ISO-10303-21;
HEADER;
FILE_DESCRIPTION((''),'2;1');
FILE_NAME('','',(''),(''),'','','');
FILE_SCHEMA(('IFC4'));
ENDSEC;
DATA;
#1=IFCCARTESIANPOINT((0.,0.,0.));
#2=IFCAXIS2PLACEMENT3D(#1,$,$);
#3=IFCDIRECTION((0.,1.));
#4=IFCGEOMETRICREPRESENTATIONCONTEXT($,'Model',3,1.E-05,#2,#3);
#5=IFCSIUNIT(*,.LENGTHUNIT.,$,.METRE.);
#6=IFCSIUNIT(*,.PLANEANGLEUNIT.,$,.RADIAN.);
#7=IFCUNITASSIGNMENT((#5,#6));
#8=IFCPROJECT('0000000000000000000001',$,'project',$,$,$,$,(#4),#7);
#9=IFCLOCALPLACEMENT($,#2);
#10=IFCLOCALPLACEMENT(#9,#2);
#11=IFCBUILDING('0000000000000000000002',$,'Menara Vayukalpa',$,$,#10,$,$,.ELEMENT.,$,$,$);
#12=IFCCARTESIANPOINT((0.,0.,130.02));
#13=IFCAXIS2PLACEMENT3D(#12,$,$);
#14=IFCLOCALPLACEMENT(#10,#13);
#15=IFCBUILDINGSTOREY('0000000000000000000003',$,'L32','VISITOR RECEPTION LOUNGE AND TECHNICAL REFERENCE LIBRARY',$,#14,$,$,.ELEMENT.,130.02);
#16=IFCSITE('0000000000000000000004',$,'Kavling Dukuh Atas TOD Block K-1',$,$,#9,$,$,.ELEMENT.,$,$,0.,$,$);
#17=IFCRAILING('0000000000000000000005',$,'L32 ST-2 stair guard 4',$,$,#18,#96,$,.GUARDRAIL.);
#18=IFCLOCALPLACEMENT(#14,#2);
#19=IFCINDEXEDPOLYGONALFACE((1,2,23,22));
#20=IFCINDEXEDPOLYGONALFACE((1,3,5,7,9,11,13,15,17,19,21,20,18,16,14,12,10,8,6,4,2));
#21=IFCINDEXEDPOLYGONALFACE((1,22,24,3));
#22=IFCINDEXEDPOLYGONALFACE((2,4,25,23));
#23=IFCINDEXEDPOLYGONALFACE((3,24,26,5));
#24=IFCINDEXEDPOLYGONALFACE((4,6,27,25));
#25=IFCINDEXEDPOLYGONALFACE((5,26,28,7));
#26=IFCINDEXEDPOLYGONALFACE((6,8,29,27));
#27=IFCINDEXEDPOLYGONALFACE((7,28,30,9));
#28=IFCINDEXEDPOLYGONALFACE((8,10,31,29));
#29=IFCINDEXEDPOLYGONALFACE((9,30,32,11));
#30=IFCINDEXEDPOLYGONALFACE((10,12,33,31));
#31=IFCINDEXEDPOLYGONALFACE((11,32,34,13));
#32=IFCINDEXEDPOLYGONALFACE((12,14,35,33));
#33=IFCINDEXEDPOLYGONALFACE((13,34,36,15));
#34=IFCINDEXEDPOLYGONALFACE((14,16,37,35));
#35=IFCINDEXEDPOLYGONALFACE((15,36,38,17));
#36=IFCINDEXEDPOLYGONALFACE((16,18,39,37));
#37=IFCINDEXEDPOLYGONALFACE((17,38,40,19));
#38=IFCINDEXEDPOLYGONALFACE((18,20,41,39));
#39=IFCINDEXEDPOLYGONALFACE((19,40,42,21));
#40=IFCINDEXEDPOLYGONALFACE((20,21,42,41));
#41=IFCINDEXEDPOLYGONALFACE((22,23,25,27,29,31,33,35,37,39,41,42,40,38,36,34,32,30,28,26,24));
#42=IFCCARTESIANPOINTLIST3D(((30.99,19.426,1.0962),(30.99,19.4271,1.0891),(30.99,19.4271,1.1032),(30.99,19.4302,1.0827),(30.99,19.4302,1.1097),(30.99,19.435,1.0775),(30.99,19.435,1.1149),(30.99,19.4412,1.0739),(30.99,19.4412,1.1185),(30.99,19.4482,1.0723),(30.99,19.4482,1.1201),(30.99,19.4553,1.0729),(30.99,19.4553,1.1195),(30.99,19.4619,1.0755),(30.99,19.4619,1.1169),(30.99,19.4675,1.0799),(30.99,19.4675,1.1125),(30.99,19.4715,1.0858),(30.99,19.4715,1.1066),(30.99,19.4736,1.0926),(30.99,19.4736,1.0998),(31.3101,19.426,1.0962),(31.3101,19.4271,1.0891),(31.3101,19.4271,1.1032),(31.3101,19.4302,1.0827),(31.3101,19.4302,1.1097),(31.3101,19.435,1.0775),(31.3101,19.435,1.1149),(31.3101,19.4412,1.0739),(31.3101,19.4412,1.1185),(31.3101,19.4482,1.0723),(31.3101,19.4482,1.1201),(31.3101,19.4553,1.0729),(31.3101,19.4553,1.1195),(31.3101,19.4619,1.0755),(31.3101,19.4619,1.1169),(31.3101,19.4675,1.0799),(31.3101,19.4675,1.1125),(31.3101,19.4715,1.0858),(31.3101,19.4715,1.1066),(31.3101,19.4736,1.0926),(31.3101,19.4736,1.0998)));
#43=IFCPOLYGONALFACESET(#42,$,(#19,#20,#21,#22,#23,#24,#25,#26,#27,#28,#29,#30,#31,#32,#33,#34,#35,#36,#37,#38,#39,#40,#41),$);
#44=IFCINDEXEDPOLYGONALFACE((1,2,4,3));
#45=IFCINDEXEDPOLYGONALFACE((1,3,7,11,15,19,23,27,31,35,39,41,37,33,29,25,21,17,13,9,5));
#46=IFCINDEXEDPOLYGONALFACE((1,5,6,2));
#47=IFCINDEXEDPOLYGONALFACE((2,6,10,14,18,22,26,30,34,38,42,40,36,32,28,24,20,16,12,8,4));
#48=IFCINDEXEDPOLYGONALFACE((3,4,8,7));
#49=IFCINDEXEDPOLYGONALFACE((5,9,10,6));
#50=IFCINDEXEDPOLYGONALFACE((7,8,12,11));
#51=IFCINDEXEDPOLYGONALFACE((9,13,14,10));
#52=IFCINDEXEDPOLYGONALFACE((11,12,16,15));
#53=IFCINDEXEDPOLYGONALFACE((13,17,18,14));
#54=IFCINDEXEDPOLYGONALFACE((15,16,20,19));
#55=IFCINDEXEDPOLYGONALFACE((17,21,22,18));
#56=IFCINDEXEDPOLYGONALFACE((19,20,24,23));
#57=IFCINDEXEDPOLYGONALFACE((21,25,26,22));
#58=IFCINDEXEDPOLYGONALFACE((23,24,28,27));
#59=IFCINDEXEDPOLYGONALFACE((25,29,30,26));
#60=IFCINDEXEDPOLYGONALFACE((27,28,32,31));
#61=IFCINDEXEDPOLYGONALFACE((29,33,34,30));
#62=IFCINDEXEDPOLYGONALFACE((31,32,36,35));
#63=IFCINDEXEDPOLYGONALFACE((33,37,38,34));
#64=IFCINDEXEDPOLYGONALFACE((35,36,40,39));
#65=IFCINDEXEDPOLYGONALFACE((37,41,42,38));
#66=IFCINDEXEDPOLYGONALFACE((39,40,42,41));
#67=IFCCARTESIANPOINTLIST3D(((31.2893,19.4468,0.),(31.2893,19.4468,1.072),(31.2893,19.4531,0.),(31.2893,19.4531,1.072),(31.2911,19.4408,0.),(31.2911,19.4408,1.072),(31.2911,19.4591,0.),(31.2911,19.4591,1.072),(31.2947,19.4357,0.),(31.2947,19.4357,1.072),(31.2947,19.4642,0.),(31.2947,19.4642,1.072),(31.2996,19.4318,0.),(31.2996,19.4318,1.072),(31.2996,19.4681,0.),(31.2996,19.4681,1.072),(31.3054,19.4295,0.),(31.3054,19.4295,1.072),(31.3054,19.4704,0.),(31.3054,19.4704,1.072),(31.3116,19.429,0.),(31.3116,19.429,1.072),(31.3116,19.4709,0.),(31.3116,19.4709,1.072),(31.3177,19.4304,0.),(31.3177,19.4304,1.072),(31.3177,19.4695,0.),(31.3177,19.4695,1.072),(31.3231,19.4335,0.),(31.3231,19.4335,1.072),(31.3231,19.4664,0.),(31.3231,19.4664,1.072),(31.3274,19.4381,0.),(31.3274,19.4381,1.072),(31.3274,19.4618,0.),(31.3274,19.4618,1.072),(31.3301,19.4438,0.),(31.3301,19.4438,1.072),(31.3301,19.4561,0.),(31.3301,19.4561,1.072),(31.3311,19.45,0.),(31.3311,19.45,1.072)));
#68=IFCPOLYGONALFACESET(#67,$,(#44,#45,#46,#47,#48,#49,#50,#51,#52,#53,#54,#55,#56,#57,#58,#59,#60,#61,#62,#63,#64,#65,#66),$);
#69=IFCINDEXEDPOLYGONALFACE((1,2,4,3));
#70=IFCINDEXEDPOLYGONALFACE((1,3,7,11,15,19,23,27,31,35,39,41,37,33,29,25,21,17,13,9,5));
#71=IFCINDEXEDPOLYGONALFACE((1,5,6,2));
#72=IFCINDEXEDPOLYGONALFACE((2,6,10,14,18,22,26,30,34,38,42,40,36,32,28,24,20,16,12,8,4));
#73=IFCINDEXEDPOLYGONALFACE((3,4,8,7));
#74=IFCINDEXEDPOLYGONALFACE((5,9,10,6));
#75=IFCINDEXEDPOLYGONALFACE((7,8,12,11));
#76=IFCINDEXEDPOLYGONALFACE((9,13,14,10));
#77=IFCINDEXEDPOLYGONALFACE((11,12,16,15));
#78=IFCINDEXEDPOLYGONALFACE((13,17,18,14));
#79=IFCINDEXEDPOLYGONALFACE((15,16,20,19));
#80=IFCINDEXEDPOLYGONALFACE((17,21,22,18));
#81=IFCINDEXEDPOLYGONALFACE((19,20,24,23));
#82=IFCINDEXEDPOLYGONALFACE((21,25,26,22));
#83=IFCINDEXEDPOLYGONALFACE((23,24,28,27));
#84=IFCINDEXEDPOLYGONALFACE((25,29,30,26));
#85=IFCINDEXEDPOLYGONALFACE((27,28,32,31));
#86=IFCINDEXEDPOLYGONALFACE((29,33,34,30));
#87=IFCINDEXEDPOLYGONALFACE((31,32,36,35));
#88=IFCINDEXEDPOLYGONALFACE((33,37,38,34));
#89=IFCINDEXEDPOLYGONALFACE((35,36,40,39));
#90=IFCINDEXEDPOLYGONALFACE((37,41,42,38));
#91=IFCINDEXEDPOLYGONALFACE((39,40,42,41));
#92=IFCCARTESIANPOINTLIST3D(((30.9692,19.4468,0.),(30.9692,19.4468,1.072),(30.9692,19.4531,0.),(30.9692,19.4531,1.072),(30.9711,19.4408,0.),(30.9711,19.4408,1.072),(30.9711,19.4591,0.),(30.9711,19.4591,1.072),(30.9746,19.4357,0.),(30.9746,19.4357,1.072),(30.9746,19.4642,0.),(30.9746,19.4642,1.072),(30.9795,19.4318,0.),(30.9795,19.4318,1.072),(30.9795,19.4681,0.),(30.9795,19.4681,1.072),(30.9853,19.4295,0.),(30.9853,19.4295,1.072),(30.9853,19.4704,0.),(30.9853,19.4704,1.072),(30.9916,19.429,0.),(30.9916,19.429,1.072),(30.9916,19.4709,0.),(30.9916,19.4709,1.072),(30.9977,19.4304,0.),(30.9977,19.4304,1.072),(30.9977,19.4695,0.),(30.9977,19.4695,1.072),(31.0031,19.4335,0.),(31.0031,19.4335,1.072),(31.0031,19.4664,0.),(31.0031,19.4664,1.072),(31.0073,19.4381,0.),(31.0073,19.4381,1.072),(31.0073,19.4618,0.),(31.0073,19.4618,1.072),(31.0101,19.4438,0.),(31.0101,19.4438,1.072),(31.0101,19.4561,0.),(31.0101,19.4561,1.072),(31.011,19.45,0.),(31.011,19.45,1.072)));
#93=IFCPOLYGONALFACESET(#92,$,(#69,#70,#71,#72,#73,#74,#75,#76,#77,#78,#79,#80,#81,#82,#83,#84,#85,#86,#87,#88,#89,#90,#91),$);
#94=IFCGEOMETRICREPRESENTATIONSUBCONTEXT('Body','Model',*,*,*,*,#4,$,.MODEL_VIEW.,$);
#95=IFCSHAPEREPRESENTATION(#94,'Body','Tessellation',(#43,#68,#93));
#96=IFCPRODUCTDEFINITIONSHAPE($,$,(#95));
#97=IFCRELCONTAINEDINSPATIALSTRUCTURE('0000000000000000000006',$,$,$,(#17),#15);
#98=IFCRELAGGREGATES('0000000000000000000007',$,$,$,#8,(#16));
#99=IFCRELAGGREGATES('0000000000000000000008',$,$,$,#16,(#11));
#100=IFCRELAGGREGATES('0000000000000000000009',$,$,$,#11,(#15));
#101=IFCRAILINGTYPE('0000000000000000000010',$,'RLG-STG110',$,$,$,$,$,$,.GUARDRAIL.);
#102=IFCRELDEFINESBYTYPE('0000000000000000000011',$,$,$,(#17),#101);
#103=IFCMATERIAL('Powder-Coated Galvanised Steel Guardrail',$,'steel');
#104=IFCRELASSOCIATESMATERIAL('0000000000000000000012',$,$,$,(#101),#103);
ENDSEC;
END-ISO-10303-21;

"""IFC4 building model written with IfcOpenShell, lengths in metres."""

from ifc_helpers import new_model, si_unit, direction, frame, origin, origin_2d, place, context, subcontext, project, spatial, circle, extrude, material, type_object, element, save


model = new_model("IFC4")

# Units and contexts
model_context = context("Model", 3, precision=1e-05, world=origin(), true_north=direction((0.0, 1.0)))
body_context = subcontext(model_context, "Body", "Model", "MODEL_VIEW")
ifc_project = project(units=[si_unit("LENGTHUNIT", "METRE"), si_unit("PLANEANGLEUNIT", "RADIAN")], contexts=[model_context])

# Site, building, storey
site_placement = place(None, origin())
site = spatial("IfcSite", under=ifc_project, at=site_placement, Name="Kavling Dukuh Atas TOD Block K-1", CompositionType="ELEMENT", RefElevation=0.0)
building_placement = place(site_placement, origin())
building = spatial("IfcBuilding", under=site, at=building_placement, Name="Menara Vayukalpa", CompositionType="ELEMENT")
storey_placement = place(building_placement, frame((0.0, 0.0, 130.02)))
storey = spatial("IfcBuildingStorey", under=building, at=storey_placement, Name="L32", Description="VISITOR RECEPTION LOUNGE AND TECHNICAL REFERENCE LIBRARY", CompositionType="ELEMENT", Elevation=130.02)

# Railing
ifc_material_1 = material(Name="Powder-Coated Galvanised Steel Guardrail", Category="steel")
railing_type_1 = type_object("IfcRailingType", Name="RLG-STG110", PredefinedType="GUARDRAIL", material=ifc_material_1)
railing_1_placement = place(storey_placement, frame((31.3101, 19.45, 0.0)))
element("IfcRailing", 1, at=railing_1_placement, inside=storey, type_object=railing_type_1, Name="L32 ST-2 stair guard 4", PredefinedType="GUARDRAIL", context=body_context, shape_type="SweptSolid", body=[
    extrude(circle(Radius=0.0239, at=origin_2d()), frame((0.0, 0.0, 1.0962), z_axis=(-1.0, 0.0, 0.0), x_axis=(0.0, -1.0, 0.0)), (0.0, 0.0, 1.0), 0.3201),
    extrude(circle(Radius=0.021, at=origin_2d()), origin(), (0.0, 0.0, 1.0), 1.072),
    extrude(circle(Radius=0.021, at=origin_2d()), frame((-0.3201, 0.0, 0.0)), (0.0, 0.0, 1.0), 1.072),
])

save(model, "model.ifc")
